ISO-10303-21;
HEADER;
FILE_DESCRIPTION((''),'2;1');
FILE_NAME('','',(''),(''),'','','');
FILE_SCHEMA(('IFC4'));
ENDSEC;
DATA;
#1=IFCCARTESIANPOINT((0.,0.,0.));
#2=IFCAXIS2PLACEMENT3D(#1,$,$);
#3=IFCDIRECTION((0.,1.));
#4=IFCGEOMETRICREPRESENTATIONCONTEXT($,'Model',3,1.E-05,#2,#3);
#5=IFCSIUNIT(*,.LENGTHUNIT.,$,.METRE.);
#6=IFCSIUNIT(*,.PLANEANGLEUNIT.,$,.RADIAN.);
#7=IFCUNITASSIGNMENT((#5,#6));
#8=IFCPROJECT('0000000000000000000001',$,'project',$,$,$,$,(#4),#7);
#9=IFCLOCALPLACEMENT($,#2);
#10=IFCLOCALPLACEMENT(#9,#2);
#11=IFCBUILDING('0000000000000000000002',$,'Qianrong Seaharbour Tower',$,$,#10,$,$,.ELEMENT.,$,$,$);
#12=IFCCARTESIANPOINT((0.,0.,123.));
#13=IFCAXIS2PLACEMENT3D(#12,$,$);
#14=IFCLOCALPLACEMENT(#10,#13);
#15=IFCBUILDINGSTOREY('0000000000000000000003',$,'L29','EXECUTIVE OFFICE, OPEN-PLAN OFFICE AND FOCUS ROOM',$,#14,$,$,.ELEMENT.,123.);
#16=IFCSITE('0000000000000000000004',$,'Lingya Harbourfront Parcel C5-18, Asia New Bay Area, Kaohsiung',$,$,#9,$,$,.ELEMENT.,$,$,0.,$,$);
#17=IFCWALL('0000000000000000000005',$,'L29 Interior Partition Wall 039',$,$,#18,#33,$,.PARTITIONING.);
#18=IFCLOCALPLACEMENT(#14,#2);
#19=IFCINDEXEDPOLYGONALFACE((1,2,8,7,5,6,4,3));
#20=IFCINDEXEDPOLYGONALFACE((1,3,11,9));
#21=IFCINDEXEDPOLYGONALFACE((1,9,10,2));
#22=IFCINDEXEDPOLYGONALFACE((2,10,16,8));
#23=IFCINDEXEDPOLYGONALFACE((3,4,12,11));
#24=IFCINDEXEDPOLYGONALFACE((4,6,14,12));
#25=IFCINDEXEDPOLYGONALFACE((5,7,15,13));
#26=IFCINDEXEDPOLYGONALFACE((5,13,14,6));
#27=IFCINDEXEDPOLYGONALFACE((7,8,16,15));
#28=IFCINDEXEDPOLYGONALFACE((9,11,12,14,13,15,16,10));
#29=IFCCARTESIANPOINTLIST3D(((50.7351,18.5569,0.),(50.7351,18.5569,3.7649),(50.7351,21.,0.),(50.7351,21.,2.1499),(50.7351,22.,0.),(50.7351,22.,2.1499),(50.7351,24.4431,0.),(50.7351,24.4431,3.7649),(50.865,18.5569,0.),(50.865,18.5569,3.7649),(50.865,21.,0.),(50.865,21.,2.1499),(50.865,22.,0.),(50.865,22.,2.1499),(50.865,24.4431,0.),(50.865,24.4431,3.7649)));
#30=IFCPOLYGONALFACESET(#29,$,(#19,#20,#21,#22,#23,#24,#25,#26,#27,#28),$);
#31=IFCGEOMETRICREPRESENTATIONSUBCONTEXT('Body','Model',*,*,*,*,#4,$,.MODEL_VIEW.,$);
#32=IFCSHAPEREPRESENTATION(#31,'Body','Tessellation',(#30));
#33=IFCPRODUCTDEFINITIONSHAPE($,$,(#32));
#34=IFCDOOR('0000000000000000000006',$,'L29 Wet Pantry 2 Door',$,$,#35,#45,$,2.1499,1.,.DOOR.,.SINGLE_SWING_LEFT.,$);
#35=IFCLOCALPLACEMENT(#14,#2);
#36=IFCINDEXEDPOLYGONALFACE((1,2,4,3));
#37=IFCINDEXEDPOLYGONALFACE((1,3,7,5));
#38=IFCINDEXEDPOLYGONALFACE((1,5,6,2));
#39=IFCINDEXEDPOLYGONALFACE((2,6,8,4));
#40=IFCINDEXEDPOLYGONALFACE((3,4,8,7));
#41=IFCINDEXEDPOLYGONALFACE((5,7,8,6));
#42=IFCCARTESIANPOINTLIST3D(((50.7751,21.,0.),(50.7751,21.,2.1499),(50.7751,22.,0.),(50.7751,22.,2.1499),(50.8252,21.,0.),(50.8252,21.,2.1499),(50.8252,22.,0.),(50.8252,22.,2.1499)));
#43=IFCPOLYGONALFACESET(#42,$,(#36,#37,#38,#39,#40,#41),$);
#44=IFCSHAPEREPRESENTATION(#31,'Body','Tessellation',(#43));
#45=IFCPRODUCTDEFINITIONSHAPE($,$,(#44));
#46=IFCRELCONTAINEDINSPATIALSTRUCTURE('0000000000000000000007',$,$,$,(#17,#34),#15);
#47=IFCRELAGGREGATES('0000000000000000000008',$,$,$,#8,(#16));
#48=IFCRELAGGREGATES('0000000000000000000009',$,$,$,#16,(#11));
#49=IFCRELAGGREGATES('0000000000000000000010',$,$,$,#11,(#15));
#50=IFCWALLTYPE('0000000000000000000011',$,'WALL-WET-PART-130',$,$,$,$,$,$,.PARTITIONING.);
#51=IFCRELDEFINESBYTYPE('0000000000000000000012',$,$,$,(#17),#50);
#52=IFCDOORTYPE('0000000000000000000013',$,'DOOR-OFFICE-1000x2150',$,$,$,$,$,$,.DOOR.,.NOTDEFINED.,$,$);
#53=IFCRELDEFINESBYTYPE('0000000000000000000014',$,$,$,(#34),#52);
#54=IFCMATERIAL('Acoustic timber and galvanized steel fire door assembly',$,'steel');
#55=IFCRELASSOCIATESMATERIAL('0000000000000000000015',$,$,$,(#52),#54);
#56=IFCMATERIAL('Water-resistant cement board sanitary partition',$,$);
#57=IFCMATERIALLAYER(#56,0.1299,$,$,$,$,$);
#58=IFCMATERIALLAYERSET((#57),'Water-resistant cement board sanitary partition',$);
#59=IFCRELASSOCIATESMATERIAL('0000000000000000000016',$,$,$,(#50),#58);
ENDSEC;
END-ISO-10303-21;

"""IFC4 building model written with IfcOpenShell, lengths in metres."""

from ifc_helpers import new_model, si_unit, direction, frame, frame_2d, origin, place, context, subcontext, project, spatial, rectangle, extrude, material, layer, layer_set, type_object, element, fill, save


model = new_model("IFC4")

# Units and contexts
model_context = context("Model", 3, precision=1e-05, world=origin(), true_north=direction((0.0, 1.0)))
body_context = subcontext(model_context, "Body", "Model", "MODEL_VIEW")
ifc_project = project(units=[si_unit("LENGTHUNIT", "METRE"), si_unit("PLANEANGLEUNIT", "RADIAN")], contexts=[model_context])

# Site, building, storey
site_placement = place(None, origin())
site = spatial("IfcSite", under=ifc_project, at=site_placement, Name="Lingya Harbourfront Parcel C5-18, Asia New Bay Area, Kaohsiung", CompositionType="ELEMENT", RefElevation=0.0)
building_placement = place(site_placement, origin())
building = spatial("IfcBuilding", under=site, at=building_placement, Name="Qianrong Seaharbour Tower", CompositionType="ELEMENT")
storey_placement = place(building_placement, frame((0.0, 0.0, 123.0)))
storey = spatial("IfcBuildingStorey", under=building, at=storey_placement, Name="L29", Description="EXECUTIVE OFFICE, OPEN-PLAN OFFICE AND FOCUS ROOM", CompositionType="ELEMENT", Elevation=123.0)

# Shared definitions
ifc_material_1 = material(Name="Acoustic timber and galvanized steel fire door assembly", Category="steel")
door_type_1 = type_object("IfcDoorType", Name="DOOR-OFFICE-1000x2150", OperationType="NOTDEFINED", PredefinedType="DOOR", material=ifc_material_1)

# Wall, opening, door
ifc_material_2 = material(Name="Water-resistant cement board sanitary partition")
ifc_layer_1 = layer(ifc_material_2, 0.1299)
ifc_layer_set_1 = layer_set([ifc_layer_1], Name="Water-resistant cement board sanitary partition")
wall_type_1 = type_object("IfcWallType", Name="WALL-WET-PART-130", PredefinedType="PARTITIONING", material=ifc_layer_set_1)
wall_1_placement = place(storey_placement, frame((50.8, 18.5569, 0.0), z_axis=(0.0, 0.0, 1.0), x_axis=(0.0, 1.0, 0.0)))
wall_1 = element("IfcWall", 1, at=wall_1_placement, inside=storey, type_object=wall_type_1, Name="L29 Interior Partition Wall 039", PredefinedType="PARTITIONING", context=body_context, shape_type="SweptSolid", body=[
    extrude(rectangle(XDim=5.8862, YDim=0.1299, at=frame_2d((2.9431, 0.0))), origin(), (0.0, 0.0, 1.0), 3.7649),
])
opening_1_placement = place(wall_1_placement, frame((2.4431, 0.0, 0.0)))
opening_1 = element("IfcOpeningElement", 2, at=opening_1_placement, cuts=wall_1, PredefinedType="OPENING", context=body_context, shape_type="SweptSolid", body=[
    extrude(rectangle(XDim=1.0, YDim=2.1499, at=frame_2d((0.5, 1.075))), frame((0.0, 0.075, 0.0), z_axis=(0.0, -1.0, 0.0), x_axis=(1.0, 0.0, 0.0)), (0.0, 0.0, 1.0), 0.1499),
])
door_1_placement = place(opening_1_placement, origin())
door_1 = element("IfcDoor", 3, at=door_1_placement, inside=storey, type_object=door_type_1, Name="L29 Wet Pantry 2 Door", OperationType="SINGLE_SWING_LEFT", OverallHeight=2.1499, OverallWidth=1.0, PredefinedType="DOOR", context=body_context, shape_type="SweptSolid", body=[
    extrude(rectangle(XDim=1.0, YDim=2.1499, at=frame_2d((0.5, 1.075))), frame((0.0, 0.0249, 0.0), z_axis=(0.0, -1.0, 0.0), x_axis=(1.0, 0.0, 0.0)), (0.0, 0.0, 1.0), 0.05),
])
fill(opening_1, door_1)

save(model, "model.ifc")
